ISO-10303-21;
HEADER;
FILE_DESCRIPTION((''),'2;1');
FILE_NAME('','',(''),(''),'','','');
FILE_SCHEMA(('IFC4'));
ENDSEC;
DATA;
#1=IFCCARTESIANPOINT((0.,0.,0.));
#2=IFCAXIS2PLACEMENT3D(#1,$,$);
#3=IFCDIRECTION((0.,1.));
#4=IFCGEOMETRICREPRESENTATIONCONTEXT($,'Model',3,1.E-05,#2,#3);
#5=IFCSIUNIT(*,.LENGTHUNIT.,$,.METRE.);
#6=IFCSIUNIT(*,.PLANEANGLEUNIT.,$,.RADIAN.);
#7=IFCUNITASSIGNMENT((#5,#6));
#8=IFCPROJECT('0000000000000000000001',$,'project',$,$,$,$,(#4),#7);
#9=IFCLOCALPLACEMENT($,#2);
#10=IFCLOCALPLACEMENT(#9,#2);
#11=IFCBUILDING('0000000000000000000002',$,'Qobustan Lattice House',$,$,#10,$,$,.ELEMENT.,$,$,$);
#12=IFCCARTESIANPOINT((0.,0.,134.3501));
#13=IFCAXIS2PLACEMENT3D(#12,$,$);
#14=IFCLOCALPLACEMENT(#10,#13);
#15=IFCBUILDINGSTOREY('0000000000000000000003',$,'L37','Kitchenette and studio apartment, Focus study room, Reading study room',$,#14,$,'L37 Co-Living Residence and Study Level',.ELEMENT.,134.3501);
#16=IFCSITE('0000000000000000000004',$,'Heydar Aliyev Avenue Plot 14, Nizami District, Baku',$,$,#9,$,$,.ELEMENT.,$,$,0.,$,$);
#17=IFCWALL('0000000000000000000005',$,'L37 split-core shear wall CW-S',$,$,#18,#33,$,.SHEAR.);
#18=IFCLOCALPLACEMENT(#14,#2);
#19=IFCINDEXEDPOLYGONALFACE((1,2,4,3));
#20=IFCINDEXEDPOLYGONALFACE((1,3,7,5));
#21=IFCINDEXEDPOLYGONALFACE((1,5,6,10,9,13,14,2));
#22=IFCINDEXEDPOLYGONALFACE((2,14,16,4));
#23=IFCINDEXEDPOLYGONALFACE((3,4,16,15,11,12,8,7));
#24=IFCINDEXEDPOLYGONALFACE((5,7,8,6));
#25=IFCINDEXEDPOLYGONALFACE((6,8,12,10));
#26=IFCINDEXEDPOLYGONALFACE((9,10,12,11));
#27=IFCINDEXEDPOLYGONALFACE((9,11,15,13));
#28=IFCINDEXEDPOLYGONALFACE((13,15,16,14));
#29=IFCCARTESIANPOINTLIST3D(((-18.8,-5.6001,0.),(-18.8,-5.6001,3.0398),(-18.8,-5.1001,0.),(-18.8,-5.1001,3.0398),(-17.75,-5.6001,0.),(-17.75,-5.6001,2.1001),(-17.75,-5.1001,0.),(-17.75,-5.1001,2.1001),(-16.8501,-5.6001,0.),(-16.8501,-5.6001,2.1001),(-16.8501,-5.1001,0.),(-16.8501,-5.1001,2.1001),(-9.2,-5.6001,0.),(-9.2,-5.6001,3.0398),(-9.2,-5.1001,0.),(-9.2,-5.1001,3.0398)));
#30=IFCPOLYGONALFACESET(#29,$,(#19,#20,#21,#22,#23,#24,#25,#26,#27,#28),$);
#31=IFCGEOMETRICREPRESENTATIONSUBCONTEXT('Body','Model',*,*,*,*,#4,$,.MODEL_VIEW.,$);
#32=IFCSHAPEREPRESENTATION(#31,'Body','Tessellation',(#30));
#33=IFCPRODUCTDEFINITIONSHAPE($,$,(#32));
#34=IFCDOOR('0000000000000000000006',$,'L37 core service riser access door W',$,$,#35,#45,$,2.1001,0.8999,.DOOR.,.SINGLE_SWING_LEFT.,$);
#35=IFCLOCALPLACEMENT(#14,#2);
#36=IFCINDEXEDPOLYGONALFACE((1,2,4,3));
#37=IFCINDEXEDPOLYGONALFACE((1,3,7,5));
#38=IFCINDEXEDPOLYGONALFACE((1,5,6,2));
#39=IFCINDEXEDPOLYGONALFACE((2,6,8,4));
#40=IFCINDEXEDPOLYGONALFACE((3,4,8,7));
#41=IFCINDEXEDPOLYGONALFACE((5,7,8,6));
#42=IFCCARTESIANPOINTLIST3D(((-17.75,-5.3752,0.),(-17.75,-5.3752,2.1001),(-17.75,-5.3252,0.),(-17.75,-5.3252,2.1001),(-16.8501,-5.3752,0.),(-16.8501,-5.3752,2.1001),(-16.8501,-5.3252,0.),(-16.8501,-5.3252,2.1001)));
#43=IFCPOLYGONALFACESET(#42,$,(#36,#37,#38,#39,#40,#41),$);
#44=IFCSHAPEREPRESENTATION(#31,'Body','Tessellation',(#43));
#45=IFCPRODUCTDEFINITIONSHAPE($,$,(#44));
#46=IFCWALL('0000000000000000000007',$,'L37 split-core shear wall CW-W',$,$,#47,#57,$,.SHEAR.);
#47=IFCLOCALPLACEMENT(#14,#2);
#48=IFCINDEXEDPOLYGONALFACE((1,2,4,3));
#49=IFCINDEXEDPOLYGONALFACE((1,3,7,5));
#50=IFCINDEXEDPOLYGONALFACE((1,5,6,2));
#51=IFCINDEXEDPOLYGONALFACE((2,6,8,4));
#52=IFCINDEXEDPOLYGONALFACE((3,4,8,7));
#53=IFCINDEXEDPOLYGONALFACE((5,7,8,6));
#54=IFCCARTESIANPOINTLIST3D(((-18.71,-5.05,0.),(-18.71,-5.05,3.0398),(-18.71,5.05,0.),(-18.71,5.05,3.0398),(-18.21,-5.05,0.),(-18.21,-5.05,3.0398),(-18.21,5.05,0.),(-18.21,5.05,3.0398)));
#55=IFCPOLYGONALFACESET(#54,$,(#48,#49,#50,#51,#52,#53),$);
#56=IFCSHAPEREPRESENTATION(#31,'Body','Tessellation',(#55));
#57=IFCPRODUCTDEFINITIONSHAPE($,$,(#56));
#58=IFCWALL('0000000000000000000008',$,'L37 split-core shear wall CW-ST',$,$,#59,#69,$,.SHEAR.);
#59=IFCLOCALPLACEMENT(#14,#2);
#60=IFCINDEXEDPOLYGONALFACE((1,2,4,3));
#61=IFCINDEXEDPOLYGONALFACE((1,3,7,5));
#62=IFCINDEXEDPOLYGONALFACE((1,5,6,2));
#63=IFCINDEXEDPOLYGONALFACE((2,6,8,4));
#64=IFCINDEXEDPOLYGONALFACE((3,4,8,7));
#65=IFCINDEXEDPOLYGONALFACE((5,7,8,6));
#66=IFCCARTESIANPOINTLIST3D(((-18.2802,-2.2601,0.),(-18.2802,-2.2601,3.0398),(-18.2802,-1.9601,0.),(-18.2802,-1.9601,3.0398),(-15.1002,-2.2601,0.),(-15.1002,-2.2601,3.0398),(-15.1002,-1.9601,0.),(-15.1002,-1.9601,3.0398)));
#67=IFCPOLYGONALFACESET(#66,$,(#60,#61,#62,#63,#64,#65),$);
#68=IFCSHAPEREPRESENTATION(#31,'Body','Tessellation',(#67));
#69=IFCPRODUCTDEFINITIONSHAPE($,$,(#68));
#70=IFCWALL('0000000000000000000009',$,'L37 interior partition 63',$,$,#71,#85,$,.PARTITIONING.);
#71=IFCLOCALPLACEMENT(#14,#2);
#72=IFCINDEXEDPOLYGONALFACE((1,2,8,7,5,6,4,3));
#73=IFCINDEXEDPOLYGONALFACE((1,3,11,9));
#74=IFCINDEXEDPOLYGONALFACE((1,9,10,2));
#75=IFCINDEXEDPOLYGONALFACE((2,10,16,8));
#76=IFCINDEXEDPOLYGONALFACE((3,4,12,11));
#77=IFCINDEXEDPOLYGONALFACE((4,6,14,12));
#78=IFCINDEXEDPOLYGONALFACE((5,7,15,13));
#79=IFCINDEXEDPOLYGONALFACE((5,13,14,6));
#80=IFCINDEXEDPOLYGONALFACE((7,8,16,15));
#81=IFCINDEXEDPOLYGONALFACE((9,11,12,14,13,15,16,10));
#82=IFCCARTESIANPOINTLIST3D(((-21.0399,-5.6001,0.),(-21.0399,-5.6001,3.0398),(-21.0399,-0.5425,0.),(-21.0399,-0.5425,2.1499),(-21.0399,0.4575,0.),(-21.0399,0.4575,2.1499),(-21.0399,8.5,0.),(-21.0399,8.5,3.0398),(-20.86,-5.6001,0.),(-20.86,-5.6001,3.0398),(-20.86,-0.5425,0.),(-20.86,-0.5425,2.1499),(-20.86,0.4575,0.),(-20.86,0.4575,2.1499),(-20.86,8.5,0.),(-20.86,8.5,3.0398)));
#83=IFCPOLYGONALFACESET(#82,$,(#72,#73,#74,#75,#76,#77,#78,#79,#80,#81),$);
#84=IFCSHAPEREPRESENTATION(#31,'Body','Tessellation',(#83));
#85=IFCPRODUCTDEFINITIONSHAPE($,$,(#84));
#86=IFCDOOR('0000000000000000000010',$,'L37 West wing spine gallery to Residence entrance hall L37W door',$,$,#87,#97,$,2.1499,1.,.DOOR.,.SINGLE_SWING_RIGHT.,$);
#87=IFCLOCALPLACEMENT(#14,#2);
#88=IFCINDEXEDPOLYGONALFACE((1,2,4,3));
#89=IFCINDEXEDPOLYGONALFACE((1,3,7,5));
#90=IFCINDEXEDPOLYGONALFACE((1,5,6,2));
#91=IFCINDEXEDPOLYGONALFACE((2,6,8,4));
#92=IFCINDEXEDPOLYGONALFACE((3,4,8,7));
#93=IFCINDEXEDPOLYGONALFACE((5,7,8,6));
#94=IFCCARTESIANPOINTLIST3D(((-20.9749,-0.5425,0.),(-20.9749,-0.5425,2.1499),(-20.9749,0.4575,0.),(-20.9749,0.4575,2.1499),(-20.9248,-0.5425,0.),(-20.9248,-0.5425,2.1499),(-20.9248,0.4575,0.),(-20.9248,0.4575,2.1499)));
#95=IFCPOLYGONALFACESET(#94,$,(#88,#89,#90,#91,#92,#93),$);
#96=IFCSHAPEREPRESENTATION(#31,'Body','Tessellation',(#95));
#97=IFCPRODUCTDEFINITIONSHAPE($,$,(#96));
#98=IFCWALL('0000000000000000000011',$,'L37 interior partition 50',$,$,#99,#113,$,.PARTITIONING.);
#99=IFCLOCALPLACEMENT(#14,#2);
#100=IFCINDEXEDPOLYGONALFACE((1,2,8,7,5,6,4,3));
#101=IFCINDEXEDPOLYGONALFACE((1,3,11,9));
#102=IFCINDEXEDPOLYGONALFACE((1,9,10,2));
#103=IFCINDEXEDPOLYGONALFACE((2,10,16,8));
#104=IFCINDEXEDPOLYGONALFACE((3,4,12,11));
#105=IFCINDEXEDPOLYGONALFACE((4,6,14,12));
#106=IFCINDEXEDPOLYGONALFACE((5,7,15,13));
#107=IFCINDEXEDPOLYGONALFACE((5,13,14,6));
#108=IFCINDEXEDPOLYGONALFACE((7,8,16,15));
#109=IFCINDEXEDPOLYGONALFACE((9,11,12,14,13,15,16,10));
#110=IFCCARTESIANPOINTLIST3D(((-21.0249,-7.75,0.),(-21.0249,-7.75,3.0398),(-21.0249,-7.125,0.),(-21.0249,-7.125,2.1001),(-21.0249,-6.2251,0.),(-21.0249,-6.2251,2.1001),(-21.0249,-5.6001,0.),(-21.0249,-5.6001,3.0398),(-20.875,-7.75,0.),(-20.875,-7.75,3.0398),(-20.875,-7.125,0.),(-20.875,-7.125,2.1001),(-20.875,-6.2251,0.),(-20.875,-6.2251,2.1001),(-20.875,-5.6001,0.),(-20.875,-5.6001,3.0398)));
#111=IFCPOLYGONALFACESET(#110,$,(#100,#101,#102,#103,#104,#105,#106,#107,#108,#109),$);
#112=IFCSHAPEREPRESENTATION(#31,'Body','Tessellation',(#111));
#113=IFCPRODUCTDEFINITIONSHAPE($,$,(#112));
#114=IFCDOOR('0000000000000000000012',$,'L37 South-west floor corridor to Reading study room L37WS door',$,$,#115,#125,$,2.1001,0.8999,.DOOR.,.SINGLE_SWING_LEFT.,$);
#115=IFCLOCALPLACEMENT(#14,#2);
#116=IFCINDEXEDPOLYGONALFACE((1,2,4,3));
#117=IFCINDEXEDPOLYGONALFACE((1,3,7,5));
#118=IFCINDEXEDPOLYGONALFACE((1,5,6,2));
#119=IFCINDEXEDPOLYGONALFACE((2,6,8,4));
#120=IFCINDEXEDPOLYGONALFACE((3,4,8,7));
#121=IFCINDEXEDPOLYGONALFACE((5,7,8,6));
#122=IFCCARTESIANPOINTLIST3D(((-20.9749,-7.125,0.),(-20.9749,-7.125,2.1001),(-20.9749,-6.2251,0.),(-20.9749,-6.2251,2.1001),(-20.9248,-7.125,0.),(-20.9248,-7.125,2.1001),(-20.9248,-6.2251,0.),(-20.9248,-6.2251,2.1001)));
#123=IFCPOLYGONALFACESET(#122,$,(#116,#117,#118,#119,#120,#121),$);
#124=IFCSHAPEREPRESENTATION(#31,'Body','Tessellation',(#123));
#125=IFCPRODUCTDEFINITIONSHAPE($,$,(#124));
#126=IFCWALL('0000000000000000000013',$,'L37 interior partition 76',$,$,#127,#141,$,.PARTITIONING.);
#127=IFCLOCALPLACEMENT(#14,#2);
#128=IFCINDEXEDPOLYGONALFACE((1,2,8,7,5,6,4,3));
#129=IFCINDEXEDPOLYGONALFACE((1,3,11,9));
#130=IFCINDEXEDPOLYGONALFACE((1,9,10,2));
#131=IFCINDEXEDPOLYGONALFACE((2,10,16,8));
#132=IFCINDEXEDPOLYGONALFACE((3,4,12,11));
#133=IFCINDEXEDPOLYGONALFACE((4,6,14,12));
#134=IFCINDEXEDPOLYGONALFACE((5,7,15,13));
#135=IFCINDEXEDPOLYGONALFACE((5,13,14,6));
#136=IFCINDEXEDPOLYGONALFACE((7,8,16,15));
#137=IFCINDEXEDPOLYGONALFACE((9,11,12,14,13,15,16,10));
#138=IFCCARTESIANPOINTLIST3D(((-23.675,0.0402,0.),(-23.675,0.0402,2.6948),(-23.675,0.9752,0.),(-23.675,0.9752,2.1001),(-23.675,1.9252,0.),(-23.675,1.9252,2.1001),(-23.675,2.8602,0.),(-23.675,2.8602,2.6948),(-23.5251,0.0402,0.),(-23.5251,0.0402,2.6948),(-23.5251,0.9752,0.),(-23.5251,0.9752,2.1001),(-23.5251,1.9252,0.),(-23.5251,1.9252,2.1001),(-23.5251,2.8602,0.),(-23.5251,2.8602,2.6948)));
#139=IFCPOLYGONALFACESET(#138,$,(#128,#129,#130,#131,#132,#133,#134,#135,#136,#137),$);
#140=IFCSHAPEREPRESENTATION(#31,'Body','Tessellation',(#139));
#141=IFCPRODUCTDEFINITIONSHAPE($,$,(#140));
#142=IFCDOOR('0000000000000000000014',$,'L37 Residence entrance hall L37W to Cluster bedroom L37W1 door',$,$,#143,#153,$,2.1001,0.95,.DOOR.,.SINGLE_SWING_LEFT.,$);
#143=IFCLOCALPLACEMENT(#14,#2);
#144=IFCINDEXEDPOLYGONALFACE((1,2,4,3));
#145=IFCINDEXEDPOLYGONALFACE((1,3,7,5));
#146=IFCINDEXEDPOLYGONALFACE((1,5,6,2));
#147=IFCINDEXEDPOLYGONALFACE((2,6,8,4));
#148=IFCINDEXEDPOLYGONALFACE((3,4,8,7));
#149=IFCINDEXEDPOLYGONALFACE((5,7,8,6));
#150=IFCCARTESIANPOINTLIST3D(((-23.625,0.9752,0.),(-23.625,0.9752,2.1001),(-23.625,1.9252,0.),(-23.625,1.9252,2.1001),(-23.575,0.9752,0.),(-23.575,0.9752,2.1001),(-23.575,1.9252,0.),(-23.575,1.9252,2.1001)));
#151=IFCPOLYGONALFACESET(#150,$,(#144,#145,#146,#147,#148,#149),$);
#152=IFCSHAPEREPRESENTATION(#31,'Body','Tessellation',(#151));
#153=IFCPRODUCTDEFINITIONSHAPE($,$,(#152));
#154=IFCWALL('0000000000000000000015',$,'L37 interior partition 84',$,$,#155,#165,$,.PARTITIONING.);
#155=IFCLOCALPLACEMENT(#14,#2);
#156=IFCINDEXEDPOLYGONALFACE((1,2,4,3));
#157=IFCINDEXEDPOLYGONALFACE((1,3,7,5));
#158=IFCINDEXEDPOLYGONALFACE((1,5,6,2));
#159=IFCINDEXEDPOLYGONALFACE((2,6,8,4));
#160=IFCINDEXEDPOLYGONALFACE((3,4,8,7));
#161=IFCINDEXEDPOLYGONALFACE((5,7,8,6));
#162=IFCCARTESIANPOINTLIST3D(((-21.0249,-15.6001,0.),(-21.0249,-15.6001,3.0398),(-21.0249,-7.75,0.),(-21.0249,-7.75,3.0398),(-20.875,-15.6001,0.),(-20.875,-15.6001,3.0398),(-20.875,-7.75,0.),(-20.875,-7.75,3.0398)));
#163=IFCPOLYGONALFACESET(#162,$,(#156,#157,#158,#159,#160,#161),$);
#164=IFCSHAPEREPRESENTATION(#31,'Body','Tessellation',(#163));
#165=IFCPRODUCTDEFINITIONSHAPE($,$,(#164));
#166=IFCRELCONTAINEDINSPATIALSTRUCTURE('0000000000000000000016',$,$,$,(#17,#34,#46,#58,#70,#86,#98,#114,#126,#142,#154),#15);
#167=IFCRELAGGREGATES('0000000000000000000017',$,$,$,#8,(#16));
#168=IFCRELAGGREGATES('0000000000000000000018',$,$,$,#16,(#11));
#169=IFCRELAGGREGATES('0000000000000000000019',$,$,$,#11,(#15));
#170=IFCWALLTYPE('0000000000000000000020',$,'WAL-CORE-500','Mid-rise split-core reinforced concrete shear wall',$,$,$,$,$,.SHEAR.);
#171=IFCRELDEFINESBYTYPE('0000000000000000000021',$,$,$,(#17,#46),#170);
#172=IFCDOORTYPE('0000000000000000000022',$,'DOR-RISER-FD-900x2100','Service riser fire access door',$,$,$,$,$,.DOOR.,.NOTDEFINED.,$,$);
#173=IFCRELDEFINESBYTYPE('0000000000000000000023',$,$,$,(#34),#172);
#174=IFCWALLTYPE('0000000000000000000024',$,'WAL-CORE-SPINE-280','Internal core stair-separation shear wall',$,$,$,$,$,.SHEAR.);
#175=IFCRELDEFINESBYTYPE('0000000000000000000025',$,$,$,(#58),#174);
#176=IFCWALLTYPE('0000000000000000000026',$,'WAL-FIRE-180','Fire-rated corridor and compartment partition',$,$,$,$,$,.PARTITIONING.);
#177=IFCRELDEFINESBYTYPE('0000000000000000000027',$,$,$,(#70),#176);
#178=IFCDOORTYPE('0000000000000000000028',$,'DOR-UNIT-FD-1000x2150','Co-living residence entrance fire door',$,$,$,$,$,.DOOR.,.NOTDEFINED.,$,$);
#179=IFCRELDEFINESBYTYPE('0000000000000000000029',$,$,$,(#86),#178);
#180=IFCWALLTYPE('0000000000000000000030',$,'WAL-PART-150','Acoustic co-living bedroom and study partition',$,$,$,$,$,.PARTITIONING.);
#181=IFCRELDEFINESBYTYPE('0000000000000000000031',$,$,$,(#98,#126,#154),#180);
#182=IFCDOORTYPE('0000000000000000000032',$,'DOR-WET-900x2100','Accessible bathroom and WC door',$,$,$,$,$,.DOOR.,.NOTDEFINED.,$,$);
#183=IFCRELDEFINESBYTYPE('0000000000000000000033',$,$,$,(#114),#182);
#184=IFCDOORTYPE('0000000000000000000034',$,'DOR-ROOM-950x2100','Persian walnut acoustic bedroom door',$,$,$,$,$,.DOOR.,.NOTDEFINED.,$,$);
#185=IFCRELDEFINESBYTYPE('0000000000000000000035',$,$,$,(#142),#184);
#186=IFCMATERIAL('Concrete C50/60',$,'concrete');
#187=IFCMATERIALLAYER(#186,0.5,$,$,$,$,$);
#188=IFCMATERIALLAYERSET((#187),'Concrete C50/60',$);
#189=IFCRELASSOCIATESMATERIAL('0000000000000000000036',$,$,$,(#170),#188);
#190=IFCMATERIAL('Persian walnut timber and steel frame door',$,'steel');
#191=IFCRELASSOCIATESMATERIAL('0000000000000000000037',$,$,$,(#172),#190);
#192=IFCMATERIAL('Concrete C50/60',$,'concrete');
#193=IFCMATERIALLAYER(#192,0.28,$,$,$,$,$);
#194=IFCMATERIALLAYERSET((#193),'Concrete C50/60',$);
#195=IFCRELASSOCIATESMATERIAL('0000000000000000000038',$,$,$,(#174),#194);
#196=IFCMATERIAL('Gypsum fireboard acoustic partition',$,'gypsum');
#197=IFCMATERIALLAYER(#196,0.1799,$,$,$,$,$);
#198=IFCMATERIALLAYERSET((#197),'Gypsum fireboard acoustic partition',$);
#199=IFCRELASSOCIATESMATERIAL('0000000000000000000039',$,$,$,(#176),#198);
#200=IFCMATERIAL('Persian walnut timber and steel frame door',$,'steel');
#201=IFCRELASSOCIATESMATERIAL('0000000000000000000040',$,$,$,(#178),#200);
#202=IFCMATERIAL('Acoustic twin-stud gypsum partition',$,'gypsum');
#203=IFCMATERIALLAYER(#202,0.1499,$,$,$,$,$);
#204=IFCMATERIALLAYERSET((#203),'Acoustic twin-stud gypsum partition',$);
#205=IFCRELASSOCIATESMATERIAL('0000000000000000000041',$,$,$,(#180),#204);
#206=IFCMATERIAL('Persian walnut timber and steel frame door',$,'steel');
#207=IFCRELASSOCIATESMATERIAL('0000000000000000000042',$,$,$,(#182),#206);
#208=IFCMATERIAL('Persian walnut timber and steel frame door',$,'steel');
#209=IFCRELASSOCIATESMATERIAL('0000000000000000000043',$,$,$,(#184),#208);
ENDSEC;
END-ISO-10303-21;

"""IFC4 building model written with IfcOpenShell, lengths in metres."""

from ifc_helpers import new_model, si_unit, direction, frame, frame_2d, origin, place, context, subcontext, project, spatial, rectangle, extrude, material, layer, layer_set, type_object, element, fill, save


model = new_model("IFC4")

# Units and contexts
model_context = context("Model", 3, precision=1e-05, world=origin(), true_north=direction((0.0, 1.0)))
body_context = subcontext(model_context, "Body", "Model", "MODEL_VIEW")
ifc_project = project(units=[si_unit("LENGTHUNIT", "METRE"), si_unit("PLANEANGLEUNIT", "RADIAN")], contexts=[model_context])

# Site, building, storey
site_placement = place(None, origin())
site = spatial("IfcSite", under=ifc_project, at=site_placement, Name="Heydar Aliyev Avenue Plot 14, Nizami District, Baku", CompositionType="ELEMENT", RefElevation=0.0)
building_placement = place(site_placement, origin())
building = spatial("IfcBuilding", under=site, at=building_placement, Name="Qobustan Lattice House", CompositionType="ELEMENT")
storey_placement = place(building_placement, frame((0.0, 0.0, 134.3501)))
storey = spatial("IfcBuildingStorey", under=building, at=storey_placement, Name="L37", Description="Kitchenette and studio apartment, Focus study room, Reading study room", LongName="L37 Co-Living Residence and Study Level", CompositionType="ELEMENT", Elevation=134.3501)

# Wall, opening, door
ifc_material_1 = material(Name="Concrete C50/60", Category="concrete")
ifc_layer_1 = layer(ifc_material_1, 0.5)
ifc_layer_set_1 = layer_set([ifc_layer_1], Name="Concrete C50/60")
wall_type_1 = type_object("IfcWallType", Name="WAL-CORE-500", Description="Mid-rise split-core reinforced concrete shear wall", PredefinedType="SHEAR", material=ifc_layer_set_1)
wall_1_placement = place(storey_placement, frame((-18.8, -5.3501, 0.0), z_axis=(0.0, 0.0, 1.0), x_axis=(1.0, 0.0, 0.0)))
wall_1 = element("IfcWall", 1, at=wall_1_placement, inside=storey, type_object=wall_type_1, Name="L37 split-core shear wall CW-S", PredefinedType="SHEAR", context=body_context, shape_type="SweptSolid", body=[
    extrude(rectangle(XDim=9.6001, YDim=0.5, at=frame_2d((4.8, 0.0))), origin(), (0.0, 0.0, 1.0), 3.0398),
])
opening_1_placement = place(wall_1_placement, frame((1.05, 0.0, 0.0)))
opening_1 = element("IfcOpeningElement", 2, at=opening_1_placement, cuts=wall_1, PredefinedType="OPENING", context=body_context, shape_type="SweptSolid", body=[
    extrude(rectangle(XDim=0.8999, YDim=2.1001, at=frame_2d((0.45, 1.05))), frame((0.0, 0.26, 0.0), z_axis=(0.0, -1.0, 0.0), x_axis=(1.0, 0.0, 0.0)), (0.0, 0.0, 1.0), 0.52),
])
ifc_material_2 = material(Name="Persian walnut timber and steel frame door", Category="steel")
door_type_1 = type_object("IfcDoorType", Name="DOR-RISER-FD-900x2100", Description="Service riser fire access door", OperationType="NOTDEFINED", PredefinedType="DOOR", material=ifc_material_2)
door_1_placement = place(opening_1_placement, origin())
door_1 = element("IfcDoor", 3, at=door_1_placement, inside=storey, type_object=door_type_1, Name="L37 core service riser access door W", OperationType="SINGLE_SWING_LEFT", OverallHeight=2.1001, OverallWidth=0.8999, PredefinedType="DOOR", context=body_context, shape_type="SweptSolid", body=[
    extrude(rectangle(XDim=0.8999, YDim=2.1001, at=frame_2d((0.45, 1.05))), frame((0.0, 0.0249, 0.0), z_axis=(0.0, -1.0, 0.0), x_axis=(1.0, 0.0, 0.0)), (0.0, 0.0, 1.0), 0.05),
])
fill(opening_1, door_1)

# Walls
wall_2_placement = place(storey_placement, frame((-18.46, -5.05, 0.0), z_axis=(0.0, 0.0, 1.0), x_axis=(0.0, 1.0, 0.0)))
element("IfcWall", 4, at=wall_2_placement, inside=storey, type_object=wall_type_1, Name="L37 split-core shear wall CW-W", PredefinedType="SHEAR", context=body_context, shape_type="SweptSolid", body=[
    extrude(rectangle(XDim=10.1001, YDim=0.5, at=frame_2d((5.05, 0.0))), origin(), (0.0, 0.0, 1.0), 3.0398),
])
ifc_material_3 = material(Name="Concrete C50/60", Category="concrete")
ifc_layer_2 = layer(ifc_material_3, 0.28)
ifc_layer_set_2 = layer_set([ifc_layer_2], Name="Concrete C50/60")
wall_type_2 = type_object("IfcWallType", Name="WAL-CORE-SPINE-280", Description="Internal core stair-separation shear wall", PredefinedType="SHEAR", material=ifc_layer_set_2)
wall_3_placement = place(storey_placement, frame((-18.28, -2.1101, 0.0), z_axis=(0.0, 0.0, 1.0), x_axis=(1.0, 0.0, 0.0)))
element("IfcWall", 5, at=wall_3_placement, inside=storey, type_object=wall_type_2, Name="L37 split-core shear wall CW-ST", PredefinedType="SHEAR", context=body_context, shape_type="SweptSolid", body=[
    extrude(rectangle(XDim=3.1799, YDim=0.3, at=frame_2d((1.5898, 0.0))), origin(), (0.0, 0.0, 1.0), 3.0398),
])

# Walls, openings, doors
ifc_material_4 = material(Name="Gypsum fireboard acoustic partition", Category="gypsum")
ifc_layer_3 = layer(ifc_material_4, 0.1799)
ifc_layer_set_3 = layer_set([ifc_layer_3], Name="Gypsum fireboard acoustic partition")
wall_type_3 = type_object("IfcWallType", Name="WAL-FIRE-180", Description="Fire-rated corridor and compartment partition", PredefinedType="PARTITIONING", material=ifc_layer_set_3)
wall_4_placement = place(storey_placement, frame((-20.95, -5.6001, 0.0), z_axis=(0.0, 0.0, 1.0), x_axis=(0.0, 1.0, 0.0)))
wall_4 = element("IfcWall", 6, at=wall_4_placement, inside=storey, type_object=wall_type_3, Name="L37 interior partition 63", PredefinedType="PARTITIONING", context=body_context, shape_type="SweptSolid", body=[
    extrude(rectangle(XDim=14.1001, YDim=0.1799, at=frame_2d((7.05, 0.0))), origin(), (0.0, 0.0, 1.0), 3.0398),
])
opening_2_placement = place(wall_4_placement, frame((5.0576, 0.0, 0.0)))
opening_2 = element("IfcOpeningElement", 7, at=opening_2_placement, cuts=wall_4, PredefinedType="OPENING", context=body_context, shape_type="SweptSolid", body=[
    extrude(rectangle(XDim=1.0, YDim=2.1499, at=frame_2d((0.5, 1.075))), frame((0.0, 0.0999, 0.0), z_axis=(0.0, -1.0, 0.0), x_axis=(1.0, 0.0, 0.0)), (0.0, 0.0, 1.0), 0.2),
])
ifc_material_5 = material(Name="Persian walnut timber and steel frame door", Category="steel")
door_type_2 = type_object("IfcDoorType", Name="DOR-UNIT-FD-1000x2150", Description="Co-living residence entrance fire door", OperationType="NOTDEFINED", PredefinedType="DOOR", material=ifc_material_5)
door_2_placement = place(opening_2_placement, origin())
door_2 = element("IfcDoor", 8, at=door_2_placement, inside=storey, type_object=door_type_2, Name="L37 West wing spine gallery to Residence entrance hall L37W door", OperationType="SINGLE_SWING_RIGHT", OverallHeight=2.1499, OverallWidth=1.0, PredefinedType="DOOR", context=body_context, shape_type="SweptSolid", body=[
    extrude(rectangle(XDim=1.0, YDim=2.1499, at=frame_2d((0.5, 1.075))), frame((0.0, 0.0249, 0.0), z_axis=(0.0, -1.0, 0.0), x_axis=(1.0, 0.0, 0.0)), (0.0, 0.0, 1.0), 0.05),
])
fill(opening_2, door_2)
ifc_material_6 = material(Name="Acoustic twin-stud gypsum partition", Category="gypsum")
ifc_layer_4 = layer(ifc_material_6, 0.1499)
ifc_layer_set_4 = layer_set([ifc_layer_4], Name="Acoustic twin-stud gypsum partition")
wall_type_4 = type_object("IfcWallType", Name="WAL-PART-150", Description="Acoustic co-living bedroom and study partition", PredefinedType="PARTITIONING", material=ifc_layer_set_4)
wall_5_placement = place(storey_placement, frame((-20.95, -7.75, 0.0), z_axis=(0.0, 0.0, 1.0), x_axis=(0.0, 1.0, 0.0)))
wall_5 = element("IfcWall", 9, at=wall_5_placement, inside=storey, type_object=wall_type_4, Name="L37 interior partition 50", PredefinedType="PARTITIONING", context=body_context, shape_type="SweptSolid", body=[
    extrude(rectangle(XDim=2.1499, YDim=0.1499, at=frame_2d((1.075, 0.0))), origin(), (0.0, 0.0, 1.0), 3.0398),
])
opening_3_placement = place(wall_5_placement, frame((0.625, 0.0, 0.0)))
opening_3 = element("IfcOpeningElement", 10, at=opening_3_placement, cuts=wall_5, PredefinedType="OPENING", context=body_context, shape_type="SweptSolid", body=[
    extrude(rectangle(XDim=0.8999, YDim=2.1001, at=frame_2d((0.45, 1.05))), frame((0.0, 0.085, 0.0), z_axis=(0.0, -1.0, 0.0), x_axis=(1.0, 0.0, 0.0)), (0.0, 0.0, 1.0), 0.1699),
])
ifc_material_7 = material(Name="Persian walnut timber and steel frame door", Category="steel")
door_type_3 = type_object("IfcDoorType", Name="DOR-WET-900x2100", Description="Accessible bathroom and WC door", OperationType="NOTDEFINED", PredefinedType="DOOR", material=ifc_material_7)
door_3_placement = place(opening_3_placement, origin())
door_3 = element("IfcDoor", 11, at=door_3_placement, inside=storey, type_object=door_type_3, Name="L37 South-west floor corridor to Reading study room L37WS door", OperationType="SINGLE_SWING_LEFT", OverallHeight=2.1001, OverallWidth=0.8999, PredefinedType="DOOR", context=body_context, shape_type="SweptSolid", body=[
    extrude(rectangle(XDim=0.8999, YDim=2.1001, at=frame_2d((0.45, 1.05))), frame((0.0, 0.0249, 0.0), z_axis=(0.0, -1.0, 0.0), x_axis=(1.0, 0.0, 0.0)), (0.0, 0.0, 1.0), 0.05),
])
fill(opening_3, door_3)
wall_6_placement = place(storey_placement, frame((-23.6001, 0.04, 0.0), z_axis=(0.0, 0.0, 1.0), x_axis=(0.0, 1.0, 0.0)))
wall_6 = element("IfcWall", 12, at=wall_6_placement, inside=storey, type_object=wall_type_4, Name="L37 interior partition 76", PredefinedType="PARTITIONING", context=body_context, shape_type="SweptSolid", body=[
    extrude(rectangle(XDim=2.8201, YDim=0.1499, at=frame_2d((1.4102, 0.0))), origin(), (0.0, 0.0, 1.0), 2.6948),
])
opening_4_placement = place(wall_6_placement, frame((0.9351, 0.0, 0.0)))
opening_4 = element("IfcOpeningElement", 13, at=opening_4_placement, cuts=wall_6, PredefinedType="OPENING", context=body_context, shape_type="SweptSolid", body=[
    extrude(rectangle(XDim=0.95, YDim=2.1001, at=frame_2d((0.4751, 1.05))), frame((0.0, 0.085, 0.0), z_axis=(0.0, -1.0, 0.0), x_axis=(1.0, 0.0, 0.0)), (0.0, 0.0, 1.0), 0.1699),
])
ifc_material_8 = material(Name="Persian walnut timber and steel frame door", Category="steel")
door_type_4 = type_object("IfcDoorType", Name="DOR-ROOM-950x2100", Description="Persian walnut acoustic bedroom door", OperationType="NOTDEFINED", PredefinedType="DOOR", material=ifc_material_8)
door_4_placement = place(opening_4_placement, origin())
door_4 = element("IfcDoor", 14, at=door_4_placement, inside=storey, type_object=door_type_4, Name="L37 Residence entrance hall L37W to Cluster bedroom L37W1 door", OperationType="SINGLE_SWING_LEFT", OverallHeight=2.1001, OverallWidth=0.95, PredefinedType="DOOR", context=body_context, shape_type="SweptSolid", body=[
    extrude(rectangle(XDim=0.95, YDim=2.1001, at=frame_2d((0.4751, 1.05))), frame((0.0, 0.0249, 0.0), z_axis=(0.0, -1.0, 0.0), x_axis=(1.0, 0.0, 0.0)), (0.0, 0.0, 1.0), 0.05),
])
fill(opening_4, door_4)

# Wall
wall_7_placement = place(storey_placement, frame((-20.95, -7.75, 0.0), z_axis=(0.0, 0.0, 1.0), x_axis=(0.0, -1.0, 0.0)))
element("IfcWall", 15, at=wall_7_placement, inside=storey, type_object=wall_type_4, Name="L37 interior partition 84", PredefinedType="PARTITIONING", context=body_context, shape_type="SweptSolid", body=[
    extrude(rectangle(XDim=7.8501, YDim=0.1499, at=frame_2d((3.925, 0.0))), origin(), (0.0, 0.0, 1.0), 3.0398),
])

save(model, "model.ifc")
